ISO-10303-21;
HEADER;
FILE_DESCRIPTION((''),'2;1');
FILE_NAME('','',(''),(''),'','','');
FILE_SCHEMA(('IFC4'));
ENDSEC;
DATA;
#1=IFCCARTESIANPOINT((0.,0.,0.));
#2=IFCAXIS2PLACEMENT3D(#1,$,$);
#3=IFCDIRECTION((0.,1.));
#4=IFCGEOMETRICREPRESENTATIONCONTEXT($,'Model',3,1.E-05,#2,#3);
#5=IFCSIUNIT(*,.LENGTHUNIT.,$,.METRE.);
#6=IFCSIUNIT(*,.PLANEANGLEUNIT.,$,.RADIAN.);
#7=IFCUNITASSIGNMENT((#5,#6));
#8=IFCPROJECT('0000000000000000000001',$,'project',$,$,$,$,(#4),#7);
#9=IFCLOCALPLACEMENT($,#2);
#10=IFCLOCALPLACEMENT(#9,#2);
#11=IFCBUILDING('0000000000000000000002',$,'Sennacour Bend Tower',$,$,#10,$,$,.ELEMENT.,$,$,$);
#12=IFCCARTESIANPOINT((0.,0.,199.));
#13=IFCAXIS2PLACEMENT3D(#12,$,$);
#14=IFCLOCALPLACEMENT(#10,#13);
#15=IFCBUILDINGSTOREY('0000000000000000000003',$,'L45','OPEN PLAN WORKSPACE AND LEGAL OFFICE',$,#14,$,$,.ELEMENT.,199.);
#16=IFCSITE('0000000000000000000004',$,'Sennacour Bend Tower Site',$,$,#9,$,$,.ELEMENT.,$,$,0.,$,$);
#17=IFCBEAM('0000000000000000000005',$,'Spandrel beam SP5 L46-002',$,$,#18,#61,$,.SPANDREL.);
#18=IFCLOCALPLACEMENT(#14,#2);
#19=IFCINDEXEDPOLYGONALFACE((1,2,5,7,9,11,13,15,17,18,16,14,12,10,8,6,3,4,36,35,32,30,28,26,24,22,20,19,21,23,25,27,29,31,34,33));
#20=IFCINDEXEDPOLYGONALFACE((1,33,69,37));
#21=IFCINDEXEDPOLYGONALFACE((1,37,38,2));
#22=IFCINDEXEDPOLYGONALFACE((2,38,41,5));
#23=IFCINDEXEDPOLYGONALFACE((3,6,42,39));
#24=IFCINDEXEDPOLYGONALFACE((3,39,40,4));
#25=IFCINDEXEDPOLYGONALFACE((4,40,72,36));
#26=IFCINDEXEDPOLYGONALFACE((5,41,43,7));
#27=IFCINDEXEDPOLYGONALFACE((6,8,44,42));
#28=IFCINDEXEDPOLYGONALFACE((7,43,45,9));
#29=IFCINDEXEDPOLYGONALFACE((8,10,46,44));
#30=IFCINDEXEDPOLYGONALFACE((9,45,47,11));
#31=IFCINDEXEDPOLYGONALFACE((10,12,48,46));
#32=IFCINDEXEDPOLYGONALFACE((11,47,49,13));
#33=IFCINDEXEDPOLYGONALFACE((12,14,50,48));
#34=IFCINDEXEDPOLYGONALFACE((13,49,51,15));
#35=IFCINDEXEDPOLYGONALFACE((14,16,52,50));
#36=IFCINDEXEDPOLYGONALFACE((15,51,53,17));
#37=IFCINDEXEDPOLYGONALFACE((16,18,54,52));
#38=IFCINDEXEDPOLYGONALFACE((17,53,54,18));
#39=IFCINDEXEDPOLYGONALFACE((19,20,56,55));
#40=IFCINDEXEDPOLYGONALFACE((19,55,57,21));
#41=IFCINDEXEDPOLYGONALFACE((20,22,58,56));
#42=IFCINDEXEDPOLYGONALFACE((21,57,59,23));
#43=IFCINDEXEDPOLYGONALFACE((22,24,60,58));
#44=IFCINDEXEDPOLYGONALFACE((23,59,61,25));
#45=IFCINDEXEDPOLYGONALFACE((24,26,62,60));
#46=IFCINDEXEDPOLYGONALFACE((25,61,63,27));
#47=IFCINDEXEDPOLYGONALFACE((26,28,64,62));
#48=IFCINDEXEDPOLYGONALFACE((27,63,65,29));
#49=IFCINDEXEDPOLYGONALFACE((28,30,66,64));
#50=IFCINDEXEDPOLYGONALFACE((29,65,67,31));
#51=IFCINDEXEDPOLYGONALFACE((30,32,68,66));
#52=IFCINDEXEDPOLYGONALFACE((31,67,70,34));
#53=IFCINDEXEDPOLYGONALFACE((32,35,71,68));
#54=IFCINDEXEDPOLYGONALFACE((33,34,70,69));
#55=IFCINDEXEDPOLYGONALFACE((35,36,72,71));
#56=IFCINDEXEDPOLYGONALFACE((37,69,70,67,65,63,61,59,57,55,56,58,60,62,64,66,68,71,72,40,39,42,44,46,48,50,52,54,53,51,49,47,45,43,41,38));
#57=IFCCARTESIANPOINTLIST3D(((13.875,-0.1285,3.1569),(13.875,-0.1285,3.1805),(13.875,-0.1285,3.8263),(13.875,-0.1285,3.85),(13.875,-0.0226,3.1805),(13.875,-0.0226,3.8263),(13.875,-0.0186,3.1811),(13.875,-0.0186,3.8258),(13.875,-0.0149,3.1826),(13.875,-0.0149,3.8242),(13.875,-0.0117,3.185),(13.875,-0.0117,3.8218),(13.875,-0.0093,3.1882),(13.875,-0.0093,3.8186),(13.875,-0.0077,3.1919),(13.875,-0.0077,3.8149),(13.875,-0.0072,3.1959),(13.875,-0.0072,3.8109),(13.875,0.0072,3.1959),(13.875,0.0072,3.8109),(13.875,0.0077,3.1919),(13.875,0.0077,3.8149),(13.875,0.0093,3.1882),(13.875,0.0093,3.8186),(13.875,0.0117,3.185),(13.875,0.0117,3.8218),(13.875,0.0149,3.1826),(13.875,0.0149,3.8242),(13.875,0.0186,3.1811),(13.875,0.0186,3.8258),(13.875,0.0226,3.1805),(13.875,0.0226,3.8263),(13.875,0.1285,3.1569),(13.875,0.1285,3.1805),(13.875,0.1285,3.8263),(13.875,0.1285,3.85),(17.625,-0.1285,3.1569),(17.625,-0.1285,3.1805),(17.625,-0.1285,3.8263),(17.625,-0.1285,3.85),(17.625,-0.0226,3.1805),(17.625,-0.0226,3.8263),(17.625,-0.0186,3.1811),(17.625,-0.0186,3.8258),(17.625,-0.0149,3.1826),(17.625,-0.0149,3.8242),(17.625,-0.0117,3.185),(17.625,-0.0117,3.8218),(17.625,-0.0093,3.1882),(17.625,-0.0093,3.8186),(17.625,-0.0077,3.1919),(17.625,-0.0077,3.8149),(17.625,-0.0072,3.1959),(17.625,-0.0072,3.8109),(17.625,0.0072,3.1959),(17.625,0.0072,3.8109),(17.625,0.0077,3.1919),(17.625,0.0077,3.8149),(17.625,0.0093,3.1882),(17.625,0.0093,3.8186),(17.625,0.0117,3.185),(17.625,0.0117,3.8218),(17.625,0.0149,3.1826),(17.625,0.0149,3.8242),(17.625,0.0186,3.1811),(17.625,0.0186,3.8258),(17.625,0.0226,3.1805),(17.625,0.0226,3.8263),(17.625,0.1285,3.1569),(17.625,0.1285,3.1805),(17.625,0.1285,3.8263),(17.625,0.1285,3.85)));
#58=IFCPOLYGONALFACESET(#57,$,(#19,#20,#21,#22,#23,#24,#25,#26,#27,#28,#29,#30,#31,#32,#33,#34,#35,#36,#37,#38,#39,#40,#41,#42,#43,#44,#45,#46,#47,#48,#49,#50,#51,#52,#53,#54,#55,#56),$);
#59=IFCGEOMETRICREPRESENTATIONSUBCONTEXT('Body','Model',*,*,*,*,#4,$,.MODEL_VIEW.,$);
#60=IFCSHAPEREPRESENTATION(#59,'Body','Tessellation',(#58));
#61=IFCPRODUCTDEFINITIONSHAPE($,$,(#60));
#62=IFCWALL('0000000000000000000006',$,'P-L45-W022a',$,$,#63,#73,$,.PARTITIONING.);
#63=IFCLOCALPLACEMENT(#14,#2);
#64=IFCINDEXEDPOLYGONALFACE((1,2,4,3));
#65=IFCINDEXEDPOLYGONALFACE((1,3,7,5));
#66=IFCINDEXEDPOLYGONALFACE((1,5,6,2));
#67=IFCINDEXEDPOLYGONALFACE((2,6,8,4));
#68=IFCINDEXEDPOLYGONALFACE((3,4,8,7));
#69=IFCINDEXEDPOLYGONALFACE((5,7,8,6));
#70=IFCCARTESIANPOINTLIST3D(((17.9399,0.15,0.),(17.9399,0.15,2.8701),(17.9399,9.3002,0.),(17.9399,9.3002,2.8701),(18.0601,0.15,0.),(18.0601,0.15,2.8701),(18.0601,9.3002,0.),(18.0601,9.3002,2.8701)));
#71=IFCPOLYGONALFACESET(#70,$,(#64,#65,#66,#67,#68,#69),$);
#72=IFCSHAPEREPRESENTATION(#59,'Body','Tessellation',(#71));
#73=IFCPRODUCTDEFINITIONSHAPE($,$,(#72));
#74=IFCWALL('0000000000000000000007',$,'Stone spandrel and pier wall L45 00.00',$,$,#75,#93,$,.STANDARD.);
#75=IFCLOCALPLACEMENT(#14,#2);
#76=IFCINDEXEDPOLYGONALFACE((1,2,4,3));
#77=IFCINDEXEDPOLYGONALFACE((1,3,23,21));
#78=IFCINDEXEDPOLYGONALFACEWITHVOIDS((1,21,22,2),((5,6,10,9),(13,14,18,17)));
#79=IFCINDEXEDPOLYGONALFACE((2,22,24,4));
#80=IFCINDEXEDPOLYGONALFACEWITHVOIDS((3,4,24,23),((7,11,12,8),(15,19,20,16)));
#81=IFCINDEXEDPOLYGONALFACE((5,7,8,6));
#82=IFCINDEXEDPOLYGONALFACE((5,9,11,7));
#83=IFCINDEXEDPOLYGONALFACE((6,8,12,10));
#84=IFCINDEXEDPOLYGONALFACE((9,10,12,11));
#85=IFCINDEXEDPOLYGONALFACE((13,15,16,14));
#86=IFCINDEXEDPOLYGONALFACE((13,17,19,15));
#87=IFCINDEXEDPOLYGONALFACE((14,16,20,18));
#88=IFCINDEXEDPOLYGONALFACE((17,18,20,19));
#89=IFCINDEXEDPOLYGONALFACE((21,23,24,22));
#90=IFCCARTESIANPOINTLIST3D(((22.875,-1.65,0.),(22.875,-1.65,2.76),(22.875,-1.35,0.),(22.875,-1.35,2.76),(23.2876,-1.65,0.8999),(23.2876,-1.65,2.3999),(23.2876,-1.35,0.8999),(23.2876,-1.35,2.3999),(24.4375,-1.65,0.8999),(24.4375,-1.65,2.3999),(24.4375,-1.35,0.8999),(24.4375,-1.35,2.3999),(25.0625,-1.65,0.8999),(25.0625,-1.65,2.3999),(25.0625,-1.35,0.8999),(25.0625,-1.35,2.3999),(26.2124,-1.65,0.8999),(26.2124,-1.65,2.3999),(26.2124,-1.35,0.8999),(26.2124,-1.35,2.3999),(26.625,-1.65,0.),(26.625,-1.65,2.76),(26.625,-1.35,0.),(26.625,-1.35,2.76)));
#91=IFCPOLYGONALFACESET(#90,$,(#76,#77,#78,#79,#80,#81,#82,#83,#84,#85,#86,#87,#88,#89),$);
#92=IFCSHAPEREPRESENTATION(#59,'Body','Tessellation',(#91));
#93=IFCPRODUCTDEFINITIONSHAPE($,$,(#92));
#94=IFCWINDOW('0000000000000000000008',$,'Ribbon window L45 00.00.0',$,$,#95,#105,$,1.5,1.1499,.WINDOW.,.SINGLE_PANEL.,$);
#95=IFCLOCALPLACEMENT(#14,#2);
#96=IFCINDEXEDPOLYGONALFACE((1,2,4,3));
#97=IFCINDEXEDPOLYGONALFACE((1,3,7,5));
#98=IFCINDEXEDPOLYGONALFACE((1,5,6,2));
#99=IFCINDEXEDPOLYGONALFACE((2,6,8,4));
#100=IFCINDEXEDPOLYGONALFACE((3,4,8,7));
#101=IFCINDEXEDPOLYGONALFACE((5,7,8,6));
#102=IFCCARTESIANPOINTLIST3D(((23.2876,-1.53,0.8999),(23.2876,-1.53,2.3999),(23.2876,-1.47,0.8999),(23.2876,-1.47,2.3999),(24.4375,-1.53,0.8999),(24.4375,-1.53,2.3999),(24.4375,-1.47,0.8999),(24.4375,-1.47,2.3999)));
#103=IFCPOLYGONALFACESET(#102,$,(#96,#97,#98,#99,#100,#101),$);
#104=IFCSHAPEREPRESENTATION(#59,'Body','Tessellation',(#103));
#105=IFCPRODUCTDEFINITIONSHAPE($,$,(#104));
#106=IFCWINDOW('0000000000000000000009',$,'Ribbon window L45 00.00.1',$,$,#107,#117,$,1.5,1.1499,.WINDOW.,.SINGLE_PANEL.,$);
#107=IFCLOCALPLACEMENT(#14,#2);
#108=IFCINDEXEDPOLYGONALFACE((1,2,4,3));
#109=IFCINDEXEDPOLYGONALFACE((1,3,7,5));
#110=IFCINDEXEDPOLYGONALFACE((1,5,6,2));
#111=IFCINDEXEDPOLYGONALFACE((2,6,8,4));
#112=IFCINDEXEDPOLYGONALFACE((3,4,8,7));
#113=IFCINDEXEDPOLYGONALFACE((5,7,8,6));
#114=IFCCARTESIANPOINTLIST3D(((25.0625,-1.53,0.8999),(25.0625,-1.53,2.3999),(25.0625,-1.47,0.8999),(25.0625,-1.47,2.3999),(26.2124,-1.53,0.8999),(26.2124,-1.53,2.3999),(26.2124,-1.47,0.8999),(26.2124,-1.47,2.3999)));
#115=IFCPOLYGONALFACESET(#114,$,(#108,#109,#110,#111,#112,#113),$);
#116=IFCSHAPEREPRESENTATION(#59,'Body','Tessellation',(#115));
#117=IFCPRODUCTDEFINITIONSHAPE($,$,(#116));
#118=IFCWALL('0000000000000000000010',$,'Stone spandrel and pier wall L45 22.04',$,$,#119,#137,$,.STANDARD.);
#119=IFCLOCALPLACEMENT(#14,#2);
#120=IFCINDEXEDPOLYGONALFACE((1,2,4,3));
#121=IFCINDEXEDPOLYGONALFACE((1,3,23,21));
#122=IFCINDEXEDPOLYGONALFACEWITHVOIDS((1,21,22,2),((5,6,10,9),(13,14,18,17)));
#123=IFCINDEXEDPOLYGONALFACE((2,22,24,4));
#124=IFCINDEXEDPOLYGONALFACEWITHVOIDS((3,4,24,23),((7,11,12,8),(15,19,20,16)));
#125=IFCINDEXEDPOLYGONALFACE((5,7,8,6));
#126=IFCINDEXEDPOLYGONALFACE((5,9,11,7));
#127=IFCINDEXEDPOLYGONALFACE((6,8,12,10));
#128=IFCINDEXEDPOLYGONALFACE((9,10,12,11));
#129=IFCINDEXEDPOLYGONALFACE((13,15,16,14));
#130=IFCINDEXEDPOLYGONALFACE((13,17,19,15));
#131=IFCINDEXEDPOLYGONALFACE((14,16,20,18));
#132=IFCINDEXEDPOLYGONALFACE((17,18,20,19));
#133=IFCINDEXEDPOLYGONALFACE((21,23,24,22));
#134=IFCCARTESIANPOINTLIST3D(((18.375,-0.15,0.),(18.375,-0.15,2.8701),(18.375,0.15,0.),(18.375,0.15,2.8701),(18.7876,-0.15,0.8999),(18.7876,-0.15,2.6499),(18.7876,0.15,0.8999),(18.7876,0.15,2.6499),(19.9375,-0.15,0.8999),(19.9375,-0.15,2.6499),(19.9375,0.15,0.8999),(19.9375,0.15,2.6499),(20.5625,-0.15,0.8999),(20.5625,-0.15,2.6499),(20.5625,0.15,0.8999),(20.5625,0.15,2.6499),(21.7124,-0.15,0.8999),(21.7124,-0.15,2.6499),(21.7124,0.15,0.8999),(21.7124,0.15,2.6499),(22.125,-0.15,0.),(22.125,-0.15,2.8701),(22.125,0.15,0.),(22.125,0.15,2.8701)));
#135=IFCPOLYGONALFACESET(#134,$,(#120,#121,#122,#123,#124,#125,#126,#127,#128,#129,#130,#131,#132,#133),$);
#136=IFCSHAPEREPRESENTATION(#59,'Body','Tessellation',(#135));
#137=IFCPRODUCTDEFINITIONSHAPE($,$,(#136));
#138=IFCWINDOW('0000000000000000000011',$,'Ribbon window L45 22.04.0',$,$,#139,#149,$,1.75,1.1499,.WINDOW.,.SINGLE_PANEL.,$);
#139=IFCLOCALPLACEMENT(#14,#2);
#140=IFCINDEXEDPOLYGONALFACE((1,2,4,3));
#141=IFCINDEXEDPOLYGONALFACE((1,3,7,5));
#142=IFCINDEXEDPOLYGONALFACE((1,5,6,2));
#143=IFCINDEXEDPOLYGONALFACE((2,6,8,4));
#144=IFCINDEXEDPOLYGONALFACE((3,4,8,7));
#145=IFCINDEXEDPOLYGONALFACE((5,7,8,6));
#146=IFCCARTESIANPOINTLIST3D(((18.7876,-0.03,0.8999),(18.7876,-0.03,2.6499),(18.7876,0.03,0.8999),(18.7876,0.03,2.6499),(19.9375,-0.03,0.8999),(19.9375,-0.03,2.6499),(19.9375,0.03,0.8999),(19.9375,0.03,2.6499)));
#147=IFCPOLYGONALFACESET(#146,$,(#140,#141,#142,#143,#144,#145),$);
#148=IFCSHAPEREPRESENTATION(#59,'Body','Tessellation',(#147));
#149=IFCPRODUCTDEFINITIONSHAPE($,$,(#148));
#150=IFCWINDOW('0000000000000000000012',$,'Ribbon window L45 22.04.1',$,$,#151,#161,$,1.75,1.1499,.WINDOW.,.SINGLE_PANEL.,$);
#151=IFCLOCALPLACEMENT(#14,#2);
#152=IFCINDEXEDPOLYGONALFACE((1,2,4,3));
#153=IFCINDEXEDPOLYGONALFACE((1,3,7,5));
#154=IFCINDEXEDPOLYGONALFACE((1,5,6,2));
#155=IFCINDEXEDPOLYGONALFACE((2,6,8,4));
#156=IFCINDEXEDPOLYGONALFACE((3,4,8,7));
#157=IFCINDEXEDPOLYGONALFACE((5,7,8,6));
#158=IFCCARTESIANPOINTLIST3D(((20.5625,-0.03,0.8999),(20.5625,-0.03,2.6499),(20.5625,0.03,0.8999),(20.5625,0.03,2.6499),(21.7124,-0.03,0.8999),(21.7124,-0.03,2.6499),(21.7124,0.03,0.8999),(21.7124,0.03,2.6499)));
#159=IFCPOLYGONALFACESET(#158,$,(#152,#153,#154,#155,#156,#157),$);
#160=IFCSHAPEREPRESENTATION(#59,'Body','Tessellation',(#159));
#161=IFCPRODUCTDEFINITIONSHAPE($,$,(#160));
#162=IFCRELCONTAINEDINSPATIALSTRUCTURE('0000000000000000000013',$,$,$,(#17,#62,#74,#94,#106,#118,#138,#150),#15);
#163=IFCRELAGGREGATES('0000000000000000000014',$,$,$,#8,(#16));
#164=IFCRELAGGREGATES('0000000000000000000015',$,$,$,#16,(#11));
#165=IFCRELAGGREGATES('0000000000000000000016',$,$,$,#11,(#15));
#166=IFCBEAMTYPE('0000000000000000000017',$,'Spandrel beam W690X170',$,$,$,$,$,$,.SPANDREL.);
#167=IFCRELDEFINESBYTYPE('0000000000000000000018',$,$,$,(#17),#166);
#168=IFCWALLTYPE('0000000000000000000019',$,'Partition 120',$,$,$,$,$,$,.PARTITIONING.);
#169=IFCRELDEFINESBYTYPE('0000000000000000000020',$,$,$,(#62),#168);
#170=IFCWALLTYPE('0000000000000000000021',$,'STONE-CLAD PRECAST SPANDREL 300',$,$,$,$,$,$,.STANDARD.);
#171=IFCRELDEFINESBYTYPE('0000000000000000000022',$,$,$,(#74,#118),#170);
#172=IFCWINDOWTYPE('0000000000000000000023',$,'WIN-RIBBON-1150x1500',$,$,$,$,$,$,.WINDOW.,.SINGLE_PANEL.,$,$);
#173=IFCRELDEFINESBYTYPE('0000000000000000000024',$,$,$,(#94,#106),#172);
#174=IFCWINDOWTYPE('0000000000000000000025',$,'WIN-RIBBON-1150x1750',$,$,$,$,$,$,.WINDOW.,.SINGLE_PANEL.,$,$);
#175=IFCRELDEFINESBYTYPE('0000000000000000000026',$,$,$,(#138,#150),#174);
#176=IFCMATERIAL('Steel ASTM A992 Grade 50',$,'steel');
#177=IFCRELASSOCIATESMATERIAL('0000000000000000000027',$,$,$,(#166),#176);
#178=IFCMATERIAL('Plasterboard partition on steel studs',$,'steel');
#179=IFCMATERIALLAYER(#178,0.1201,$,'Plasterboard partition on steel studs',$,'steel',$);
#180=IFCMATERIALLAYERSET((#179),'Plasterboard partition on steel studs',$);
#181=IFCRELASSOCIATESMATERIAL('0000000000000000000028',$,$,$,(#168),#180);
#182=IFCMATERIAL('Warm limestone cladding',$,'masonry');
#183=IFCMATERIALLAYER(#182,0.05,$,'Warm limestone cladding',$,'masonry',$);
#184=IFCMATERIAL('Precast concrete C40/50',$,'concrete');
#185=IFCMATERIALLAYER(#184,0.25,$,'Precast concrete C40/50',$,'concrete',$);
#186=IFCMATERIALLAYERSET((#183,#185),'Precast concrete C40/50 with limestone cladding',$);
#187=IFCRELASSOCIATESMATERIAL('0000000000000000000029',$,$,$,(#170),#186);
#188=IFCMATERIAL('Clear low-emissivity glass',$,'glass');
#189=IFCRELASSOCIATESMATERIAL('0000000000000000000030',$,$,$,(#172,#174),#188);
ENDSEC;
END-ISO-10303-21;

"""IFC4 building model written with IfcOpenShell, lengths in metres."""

from ifc_helpers import new_model, si_unit, direction, frame, frame_2d, origin, origin_2d, place, context, subcontext, project, spatial, rectangle, i_section, extrude, material, layer, layer_set, material_profile, profile_set, type_object, element, fill, save


model = new_model("IFC4")

# Units and contexts
model_context = context("Model", 3, precision=1e-05, world=origin(), true_north=direction((0.0, 1.0)))
body_context = subcontext(model_context, "Body", "Model", "MODEL_VIEW")
ifc_project = project(units=[si_unit("LENGTHUNIT", "METRE"), si_unit("PLANEANGLEUNIT", "RADIAN")], contexts=[model_context])

# Site, building, storey
site_placement = place(None, origin())
site = spatial("IfcSite", under=ifc_project, at=site_placement, Name="Sennacour Bend Tower Site", CompositionType="ELEMENT", RefElevation=0.0)
building_placement = place(site_placement, origin())
building = spatial("IfcBuilding", under=site, at=building_placement, Name="Sennacour Bend Tower", CompositionType="ELEMENT")
storey_placement = place(building_placement, frame((0.0, 0.0, 199.0)))
storey = spatial("IfcBuildingStorey", under=building, at=storey_placement, Name="L45", Description="OPEN PLAN WORKSPACE AND LEGAL OFFICE", CompositionType="ELEMENT", Elevation=199.0)

# Beam
ifc_material_1 = material(Name="Steel ASTM A992 Grade 50", Category="steel")
ifc_material_profile_1 = material_profile(ifc_material_1, i_section(OverallWidth=0.2571, OverallDepth=0.6931, WebThickness=0.0144, FlangeThickness=0.0237, FilletRadius=0.0154, at=origin_2d()), Name="Steel ASTM A992 Grade 50", Category="steel")
ifc_profile_set_1 = profile_set([ifc_material_profile_1], Name="Steel ASTM A992 Grade 50")
beam_type_1 = type_object("IfcBeamType", Name="Spandrel beam W690X170", PredefinedType="SPANDREL", material=ifc_profile_set_1)
for number, where, z_axis, x_axis, name in (
    (1, (17.625, 0.0, 3.5034), (-1.0, 0.0, 0.0), (0.0, -1.0, 0.0), "Spandrel beam SP5 L46-002"),
):
    element("IfcBeam", number, at=place(storey_placement, frame(where, z_axis=z_axis, x_axis=x_axis)), inside=storey, type_object=beam_type_1, Name=name, PredefinedType="SPANDREL", context=body_context, shape_type="SweptSolid", body=[
        extrude(i_section(OverallWidth=0.2571, OverallDepth=0.6931, WebThickness=0.0144, FlangeThickness=0.0237, FilletRadius=0.0154, at=origin_2d()), origin(), (0.0, 0.0, 1.0), 3.75),
    ])

# Wall
ifc_material_2 = material(Name="Plasterboard partition on steel studs", Category="steel")
ifc_layer_1 = layer(ifc_material_2, 0.1201, Name="Plasterboard partition on steel studs", Category="steel")
ifc_layer_set_1 = layer_set([ifc_layer_1], Name="Plasterboard partition on steel studs")
wall_type_1 = type_object("IfcWallType", Name="Partition 120", PredefinedType="PARTITIONING", material=ifc_layer_set_1)
wall_1_placement = place(storey_placement, frame((18.0, 0.1499, 0.0), z_axis=(0.0, 0.0, 1.0), x_axis=(0.0, 1.0, 0.0)))
element("IfcWall", 2, at=wall_1_placement, inside=storey, type_object=wall_type_1, Name="P-L45-W022a", PredefinedType="PARTITIONING", context=body_context, shape_type="SweptSolid", body=[
    extrude(rectangle(XDim=9.1501, YDim=0.1201, at=frame_2d((4.5752, 0.0))), origin(), (0.0, 0.0, 1.0), 2.8701),
])

# Walls, openings, windows
ifc_material_3 = material(Name="Warm limestone cladding", Category="masonry")
ifc_layer_2 = layer(ifc_material_3, 0.05, Name="Warm limestone cladding", Category="masonry")
ifc_material_4 = material(Name="Precast concrete C40/50", Category="concrete")
ifc_layer_3 = layer(ifc_material_4, 0.25, Name="Precast concrete C40/50", Category="concrete")
ifc_layer_set_2 = layer_set([ifc_layer_2, ifc_layer_3], Name="Precast concrete C40/50 with limestone cladding")
wall_type_2 = type_object("IfcWallType", Name="STONE-CLAD PRECAST SPANDREL 300", PredefinedType="STANDARD", material=ifc_layer_set_2)
wall_2_placement = place(storey_placement, frame((22.875, -1.5, 0.0), z_axis=(0.0, 0.0, 1.0), x_axis=(1.0, 0.0, 0.0)))
wall_2 = element("IfcWall", 3, at=wall_2_placement, inside=storey, type_object=wall_type_2, Name="Stone spandrel and pier wall L45 00.00", PredefinedType="STANDARD", context=body_context, shape_type="SweptSolid", body=[
    extrude(rectangle(XDim=3.75, YDim=0.3, at=frame_2d((1.875, 0.0))), origin(), (0.0, 0.0, 1.0), 2.76),
])
opening_1_placement = place(wall_2_placement, frame((0.4126, 0.0, 0.8999)))
opening_1 = element("IfcOpeningElement", 4, at=opening_1_placement, cuts=wall_2, PredefinedType="OPENING", context=body_context, shape_type="SweptSolid", body=[
    extrude(rectangle(XDim=1.1499, YDim=1.5, at=frame_2d((0.575, 0.75))), frame((0.0, 0.1602, 0.0), z_axis=(0.0, -1.0, 0.0), x_axis=(1.0, 0.0, 0.0)), (0.0, 0.0, 1.0), 0.3201),
])
opening_2_placement = place(wall_2_placement, frame((2.1875, 0.0, 0.8999)))
opening_2 = element("IfcOpeningElement", 5, at=opening_2_placement, cuts=wall_2, PredefinedType="OPENING", context=body_context, shape_type="SweptSolid", body=[
    extrude(rectangle(XDim=1.1499, YDim=1.5, at=frame_2d((0.575, 0.75))), frame((0.0, 0.1602, 0.0), z_axis=(0.0, -1.0, 0.0), x_axis=(1.0, 0.0, 0.0)), (0.0, 0.0, 1.0), 0.3201),
])
ifc_material_5 = material(Name="Clear low-emissivity glass", Category="glass")
window_type_1 = type_object("IfcWindowType", Name="WIN-RIBBON-1150x1500", PartitioningType="SINGLE_PANEL", PredefinedType="WINDOW", material=ifc_material_5)
window_1_placement = place(opening_1_placement, origin())
window_1 = element("IfcWindow", 6, at=window_1_placement, inside=storey, type_object=window_type_1, Name="Ribbon window L45 00.00.0", OverallHeight=1.5, OverallWidth=1.1499, PartitioningType="SINGLE_PANEL", PredefinedType="WINDOW", context=body_context, shape_type="SweptSolid", body=[
    extrude(rectangle(XDim=1.1499, YDim=1.5, at=frame_2d((0.575, 0.75))), frame((0.0, 0.03, 0.0), z_axis=(0.0, -1.0, 0.0), x_axis=(1.0, 0.0, 0.0)), (0.0, 0.0, 1.0), 0.0601),
])
fill(opening_1, window_1)
window_2_placement = place(opening_2_placement, origin())
window_2 = element("IfcWindow", 7, at=window_2_placement, inside=storey, type_object=window_type_1, Name="Ribbon window L45 00.00.1", OverallHeight=1.5, OverallWidth=1.1499, PartitioningType="SINGLE_PANEL", PredefinedType="WINDOW", context=body_context, shape_type="SweptSolid", body=[
    extrude(rectangle(XDim=1.1499, YDim=1.5, at=frame_2d((0.575, 0.75))), frame((0.0, 0.03, 0.0), z_axis=(0.0, -1.0, 0.0), x_axis=(1.0, 0.0, 0.0)), (0.0, 0.0, 1.0), 0.0601),
])
fill(opening_2, window_2)
wall_3_placement = place(storey_placement, frame((18.375, 0.0, 0.0), z_axis=(0.0, 0.0, 1.0), x_axis=(1.0, 0.0, 0.0)))
wall_3 = element("IfcWall", 8, at=wall_3_placement, inside=storey, type_object=wall_type_2, Name="Stone spandrel and pier wall L45 22.04", PredefinedType="STANDARD", context=body_context, shape_type="SweptSolid", body=[
    extrude(rectangle(XDim=3.75, YDim=0.3, at=frame_2d((1.875, 0.0))), origin(), (0.0, 0.0, 1.0), 2.8701),
])
opening_3_placement = place(wall_3_placement, frame((0.4126, 0.0, 0.8999)))
opening_3 = element("IfcOpeningElement", 9, at=opening_3_placement, cuts=wall_3, PredefinedType="OPENING", context=body_context, shape_type="SweptSolid", body=[
    extrude(rectangle(XDim=1.1499, YDim=1.75, at=frame_2d((0.575, 0.875))), frame((0.0, 0.1602, 0.0), z_axis=(0.0, -1.0, 0.0), x_axis=(1.0, 0.0, 0.0)), (0.0, 0.0, 1.0), 0.3201),
])
opening_4_placement = place(wall_3_placement, frame((2.1875, 0.0, 0.8999)))
opening_4 = element("IfcOpeningElement", 10, at=opening_4_placement, cuts=wall_3, PredefinedType="OPENING", context=body_context, shape_type="SweptSolid", body=[
    extrude(rectangle(XDim=1.1499, YDim=1.75, at=frame_2d((0.575, 0.875))), frame((0.0, 0.1602, 0.0), z_axis=(0.0, -1.0, 0.0), x_axis=(1.0, 0.0, 0.0)), (0.0, 0.0, 1.0), 0.3201),
])
window_type_2 = type_object("IfcWindowType", Name="WIN-RIBBON-1150x1750", PartitioningType="SINGLE_PANEL", PredefinedType="WINDOW", material=ifc_material_5)
window_3_placement = place(opening_3_placement, origin())
window_3 = element("IfcWindow", 11, at=window_3_placement, inside=storey, type_object=window_type_2, Name="Ribbon window L45 22.04.0", OverallHeight=1.75, OverallWidth=1.1499, PartitioningType="SINGLE_PANEL", PredefinedType="WINDOW", context=body_context, shape_type="SweptSolid", body=[
    extrude(rectangle(XDim=1.1499, YDim=1.75, at=frame_2d((0.575, 0.875))), frame((0.0, 0.03, 0.0), z_axis=(0.0, -1.0, 0.0), x_axis=(1.0, 0.0, 0.0)), (0.0, 0.0, 1.0), 0.0601),
])
fill(opening_3, window_3)
window_4_placement = place(opening_4_placement, origin())
window_4 = element("IfcWindow", 12, at=window_4_placement, inside=storey, type_object=window_type_2, Name="Ribbon window L45 22.04.1", OverallHeight=1.75, OverallWidth=1.1499, PartitioningType="SINGLE_PANEL", PredefinedType="WINDOW", context=body_context, shape_type="SweptSolid", body=[
    extrude(rectangle(XDim=1.1499, YDim=1.75, at=frame_2d((0.575, 0.875))), frame((0.0, 0.03, 0.0), z_axis=(0.0, -1.0, 0.0), x_axis=(1.0, 0.0, 0.0)), (0.0, 0.0, 1.0), 0.0601),
])
fill(opening_4, window_4)

save(model, "model.ifc")
